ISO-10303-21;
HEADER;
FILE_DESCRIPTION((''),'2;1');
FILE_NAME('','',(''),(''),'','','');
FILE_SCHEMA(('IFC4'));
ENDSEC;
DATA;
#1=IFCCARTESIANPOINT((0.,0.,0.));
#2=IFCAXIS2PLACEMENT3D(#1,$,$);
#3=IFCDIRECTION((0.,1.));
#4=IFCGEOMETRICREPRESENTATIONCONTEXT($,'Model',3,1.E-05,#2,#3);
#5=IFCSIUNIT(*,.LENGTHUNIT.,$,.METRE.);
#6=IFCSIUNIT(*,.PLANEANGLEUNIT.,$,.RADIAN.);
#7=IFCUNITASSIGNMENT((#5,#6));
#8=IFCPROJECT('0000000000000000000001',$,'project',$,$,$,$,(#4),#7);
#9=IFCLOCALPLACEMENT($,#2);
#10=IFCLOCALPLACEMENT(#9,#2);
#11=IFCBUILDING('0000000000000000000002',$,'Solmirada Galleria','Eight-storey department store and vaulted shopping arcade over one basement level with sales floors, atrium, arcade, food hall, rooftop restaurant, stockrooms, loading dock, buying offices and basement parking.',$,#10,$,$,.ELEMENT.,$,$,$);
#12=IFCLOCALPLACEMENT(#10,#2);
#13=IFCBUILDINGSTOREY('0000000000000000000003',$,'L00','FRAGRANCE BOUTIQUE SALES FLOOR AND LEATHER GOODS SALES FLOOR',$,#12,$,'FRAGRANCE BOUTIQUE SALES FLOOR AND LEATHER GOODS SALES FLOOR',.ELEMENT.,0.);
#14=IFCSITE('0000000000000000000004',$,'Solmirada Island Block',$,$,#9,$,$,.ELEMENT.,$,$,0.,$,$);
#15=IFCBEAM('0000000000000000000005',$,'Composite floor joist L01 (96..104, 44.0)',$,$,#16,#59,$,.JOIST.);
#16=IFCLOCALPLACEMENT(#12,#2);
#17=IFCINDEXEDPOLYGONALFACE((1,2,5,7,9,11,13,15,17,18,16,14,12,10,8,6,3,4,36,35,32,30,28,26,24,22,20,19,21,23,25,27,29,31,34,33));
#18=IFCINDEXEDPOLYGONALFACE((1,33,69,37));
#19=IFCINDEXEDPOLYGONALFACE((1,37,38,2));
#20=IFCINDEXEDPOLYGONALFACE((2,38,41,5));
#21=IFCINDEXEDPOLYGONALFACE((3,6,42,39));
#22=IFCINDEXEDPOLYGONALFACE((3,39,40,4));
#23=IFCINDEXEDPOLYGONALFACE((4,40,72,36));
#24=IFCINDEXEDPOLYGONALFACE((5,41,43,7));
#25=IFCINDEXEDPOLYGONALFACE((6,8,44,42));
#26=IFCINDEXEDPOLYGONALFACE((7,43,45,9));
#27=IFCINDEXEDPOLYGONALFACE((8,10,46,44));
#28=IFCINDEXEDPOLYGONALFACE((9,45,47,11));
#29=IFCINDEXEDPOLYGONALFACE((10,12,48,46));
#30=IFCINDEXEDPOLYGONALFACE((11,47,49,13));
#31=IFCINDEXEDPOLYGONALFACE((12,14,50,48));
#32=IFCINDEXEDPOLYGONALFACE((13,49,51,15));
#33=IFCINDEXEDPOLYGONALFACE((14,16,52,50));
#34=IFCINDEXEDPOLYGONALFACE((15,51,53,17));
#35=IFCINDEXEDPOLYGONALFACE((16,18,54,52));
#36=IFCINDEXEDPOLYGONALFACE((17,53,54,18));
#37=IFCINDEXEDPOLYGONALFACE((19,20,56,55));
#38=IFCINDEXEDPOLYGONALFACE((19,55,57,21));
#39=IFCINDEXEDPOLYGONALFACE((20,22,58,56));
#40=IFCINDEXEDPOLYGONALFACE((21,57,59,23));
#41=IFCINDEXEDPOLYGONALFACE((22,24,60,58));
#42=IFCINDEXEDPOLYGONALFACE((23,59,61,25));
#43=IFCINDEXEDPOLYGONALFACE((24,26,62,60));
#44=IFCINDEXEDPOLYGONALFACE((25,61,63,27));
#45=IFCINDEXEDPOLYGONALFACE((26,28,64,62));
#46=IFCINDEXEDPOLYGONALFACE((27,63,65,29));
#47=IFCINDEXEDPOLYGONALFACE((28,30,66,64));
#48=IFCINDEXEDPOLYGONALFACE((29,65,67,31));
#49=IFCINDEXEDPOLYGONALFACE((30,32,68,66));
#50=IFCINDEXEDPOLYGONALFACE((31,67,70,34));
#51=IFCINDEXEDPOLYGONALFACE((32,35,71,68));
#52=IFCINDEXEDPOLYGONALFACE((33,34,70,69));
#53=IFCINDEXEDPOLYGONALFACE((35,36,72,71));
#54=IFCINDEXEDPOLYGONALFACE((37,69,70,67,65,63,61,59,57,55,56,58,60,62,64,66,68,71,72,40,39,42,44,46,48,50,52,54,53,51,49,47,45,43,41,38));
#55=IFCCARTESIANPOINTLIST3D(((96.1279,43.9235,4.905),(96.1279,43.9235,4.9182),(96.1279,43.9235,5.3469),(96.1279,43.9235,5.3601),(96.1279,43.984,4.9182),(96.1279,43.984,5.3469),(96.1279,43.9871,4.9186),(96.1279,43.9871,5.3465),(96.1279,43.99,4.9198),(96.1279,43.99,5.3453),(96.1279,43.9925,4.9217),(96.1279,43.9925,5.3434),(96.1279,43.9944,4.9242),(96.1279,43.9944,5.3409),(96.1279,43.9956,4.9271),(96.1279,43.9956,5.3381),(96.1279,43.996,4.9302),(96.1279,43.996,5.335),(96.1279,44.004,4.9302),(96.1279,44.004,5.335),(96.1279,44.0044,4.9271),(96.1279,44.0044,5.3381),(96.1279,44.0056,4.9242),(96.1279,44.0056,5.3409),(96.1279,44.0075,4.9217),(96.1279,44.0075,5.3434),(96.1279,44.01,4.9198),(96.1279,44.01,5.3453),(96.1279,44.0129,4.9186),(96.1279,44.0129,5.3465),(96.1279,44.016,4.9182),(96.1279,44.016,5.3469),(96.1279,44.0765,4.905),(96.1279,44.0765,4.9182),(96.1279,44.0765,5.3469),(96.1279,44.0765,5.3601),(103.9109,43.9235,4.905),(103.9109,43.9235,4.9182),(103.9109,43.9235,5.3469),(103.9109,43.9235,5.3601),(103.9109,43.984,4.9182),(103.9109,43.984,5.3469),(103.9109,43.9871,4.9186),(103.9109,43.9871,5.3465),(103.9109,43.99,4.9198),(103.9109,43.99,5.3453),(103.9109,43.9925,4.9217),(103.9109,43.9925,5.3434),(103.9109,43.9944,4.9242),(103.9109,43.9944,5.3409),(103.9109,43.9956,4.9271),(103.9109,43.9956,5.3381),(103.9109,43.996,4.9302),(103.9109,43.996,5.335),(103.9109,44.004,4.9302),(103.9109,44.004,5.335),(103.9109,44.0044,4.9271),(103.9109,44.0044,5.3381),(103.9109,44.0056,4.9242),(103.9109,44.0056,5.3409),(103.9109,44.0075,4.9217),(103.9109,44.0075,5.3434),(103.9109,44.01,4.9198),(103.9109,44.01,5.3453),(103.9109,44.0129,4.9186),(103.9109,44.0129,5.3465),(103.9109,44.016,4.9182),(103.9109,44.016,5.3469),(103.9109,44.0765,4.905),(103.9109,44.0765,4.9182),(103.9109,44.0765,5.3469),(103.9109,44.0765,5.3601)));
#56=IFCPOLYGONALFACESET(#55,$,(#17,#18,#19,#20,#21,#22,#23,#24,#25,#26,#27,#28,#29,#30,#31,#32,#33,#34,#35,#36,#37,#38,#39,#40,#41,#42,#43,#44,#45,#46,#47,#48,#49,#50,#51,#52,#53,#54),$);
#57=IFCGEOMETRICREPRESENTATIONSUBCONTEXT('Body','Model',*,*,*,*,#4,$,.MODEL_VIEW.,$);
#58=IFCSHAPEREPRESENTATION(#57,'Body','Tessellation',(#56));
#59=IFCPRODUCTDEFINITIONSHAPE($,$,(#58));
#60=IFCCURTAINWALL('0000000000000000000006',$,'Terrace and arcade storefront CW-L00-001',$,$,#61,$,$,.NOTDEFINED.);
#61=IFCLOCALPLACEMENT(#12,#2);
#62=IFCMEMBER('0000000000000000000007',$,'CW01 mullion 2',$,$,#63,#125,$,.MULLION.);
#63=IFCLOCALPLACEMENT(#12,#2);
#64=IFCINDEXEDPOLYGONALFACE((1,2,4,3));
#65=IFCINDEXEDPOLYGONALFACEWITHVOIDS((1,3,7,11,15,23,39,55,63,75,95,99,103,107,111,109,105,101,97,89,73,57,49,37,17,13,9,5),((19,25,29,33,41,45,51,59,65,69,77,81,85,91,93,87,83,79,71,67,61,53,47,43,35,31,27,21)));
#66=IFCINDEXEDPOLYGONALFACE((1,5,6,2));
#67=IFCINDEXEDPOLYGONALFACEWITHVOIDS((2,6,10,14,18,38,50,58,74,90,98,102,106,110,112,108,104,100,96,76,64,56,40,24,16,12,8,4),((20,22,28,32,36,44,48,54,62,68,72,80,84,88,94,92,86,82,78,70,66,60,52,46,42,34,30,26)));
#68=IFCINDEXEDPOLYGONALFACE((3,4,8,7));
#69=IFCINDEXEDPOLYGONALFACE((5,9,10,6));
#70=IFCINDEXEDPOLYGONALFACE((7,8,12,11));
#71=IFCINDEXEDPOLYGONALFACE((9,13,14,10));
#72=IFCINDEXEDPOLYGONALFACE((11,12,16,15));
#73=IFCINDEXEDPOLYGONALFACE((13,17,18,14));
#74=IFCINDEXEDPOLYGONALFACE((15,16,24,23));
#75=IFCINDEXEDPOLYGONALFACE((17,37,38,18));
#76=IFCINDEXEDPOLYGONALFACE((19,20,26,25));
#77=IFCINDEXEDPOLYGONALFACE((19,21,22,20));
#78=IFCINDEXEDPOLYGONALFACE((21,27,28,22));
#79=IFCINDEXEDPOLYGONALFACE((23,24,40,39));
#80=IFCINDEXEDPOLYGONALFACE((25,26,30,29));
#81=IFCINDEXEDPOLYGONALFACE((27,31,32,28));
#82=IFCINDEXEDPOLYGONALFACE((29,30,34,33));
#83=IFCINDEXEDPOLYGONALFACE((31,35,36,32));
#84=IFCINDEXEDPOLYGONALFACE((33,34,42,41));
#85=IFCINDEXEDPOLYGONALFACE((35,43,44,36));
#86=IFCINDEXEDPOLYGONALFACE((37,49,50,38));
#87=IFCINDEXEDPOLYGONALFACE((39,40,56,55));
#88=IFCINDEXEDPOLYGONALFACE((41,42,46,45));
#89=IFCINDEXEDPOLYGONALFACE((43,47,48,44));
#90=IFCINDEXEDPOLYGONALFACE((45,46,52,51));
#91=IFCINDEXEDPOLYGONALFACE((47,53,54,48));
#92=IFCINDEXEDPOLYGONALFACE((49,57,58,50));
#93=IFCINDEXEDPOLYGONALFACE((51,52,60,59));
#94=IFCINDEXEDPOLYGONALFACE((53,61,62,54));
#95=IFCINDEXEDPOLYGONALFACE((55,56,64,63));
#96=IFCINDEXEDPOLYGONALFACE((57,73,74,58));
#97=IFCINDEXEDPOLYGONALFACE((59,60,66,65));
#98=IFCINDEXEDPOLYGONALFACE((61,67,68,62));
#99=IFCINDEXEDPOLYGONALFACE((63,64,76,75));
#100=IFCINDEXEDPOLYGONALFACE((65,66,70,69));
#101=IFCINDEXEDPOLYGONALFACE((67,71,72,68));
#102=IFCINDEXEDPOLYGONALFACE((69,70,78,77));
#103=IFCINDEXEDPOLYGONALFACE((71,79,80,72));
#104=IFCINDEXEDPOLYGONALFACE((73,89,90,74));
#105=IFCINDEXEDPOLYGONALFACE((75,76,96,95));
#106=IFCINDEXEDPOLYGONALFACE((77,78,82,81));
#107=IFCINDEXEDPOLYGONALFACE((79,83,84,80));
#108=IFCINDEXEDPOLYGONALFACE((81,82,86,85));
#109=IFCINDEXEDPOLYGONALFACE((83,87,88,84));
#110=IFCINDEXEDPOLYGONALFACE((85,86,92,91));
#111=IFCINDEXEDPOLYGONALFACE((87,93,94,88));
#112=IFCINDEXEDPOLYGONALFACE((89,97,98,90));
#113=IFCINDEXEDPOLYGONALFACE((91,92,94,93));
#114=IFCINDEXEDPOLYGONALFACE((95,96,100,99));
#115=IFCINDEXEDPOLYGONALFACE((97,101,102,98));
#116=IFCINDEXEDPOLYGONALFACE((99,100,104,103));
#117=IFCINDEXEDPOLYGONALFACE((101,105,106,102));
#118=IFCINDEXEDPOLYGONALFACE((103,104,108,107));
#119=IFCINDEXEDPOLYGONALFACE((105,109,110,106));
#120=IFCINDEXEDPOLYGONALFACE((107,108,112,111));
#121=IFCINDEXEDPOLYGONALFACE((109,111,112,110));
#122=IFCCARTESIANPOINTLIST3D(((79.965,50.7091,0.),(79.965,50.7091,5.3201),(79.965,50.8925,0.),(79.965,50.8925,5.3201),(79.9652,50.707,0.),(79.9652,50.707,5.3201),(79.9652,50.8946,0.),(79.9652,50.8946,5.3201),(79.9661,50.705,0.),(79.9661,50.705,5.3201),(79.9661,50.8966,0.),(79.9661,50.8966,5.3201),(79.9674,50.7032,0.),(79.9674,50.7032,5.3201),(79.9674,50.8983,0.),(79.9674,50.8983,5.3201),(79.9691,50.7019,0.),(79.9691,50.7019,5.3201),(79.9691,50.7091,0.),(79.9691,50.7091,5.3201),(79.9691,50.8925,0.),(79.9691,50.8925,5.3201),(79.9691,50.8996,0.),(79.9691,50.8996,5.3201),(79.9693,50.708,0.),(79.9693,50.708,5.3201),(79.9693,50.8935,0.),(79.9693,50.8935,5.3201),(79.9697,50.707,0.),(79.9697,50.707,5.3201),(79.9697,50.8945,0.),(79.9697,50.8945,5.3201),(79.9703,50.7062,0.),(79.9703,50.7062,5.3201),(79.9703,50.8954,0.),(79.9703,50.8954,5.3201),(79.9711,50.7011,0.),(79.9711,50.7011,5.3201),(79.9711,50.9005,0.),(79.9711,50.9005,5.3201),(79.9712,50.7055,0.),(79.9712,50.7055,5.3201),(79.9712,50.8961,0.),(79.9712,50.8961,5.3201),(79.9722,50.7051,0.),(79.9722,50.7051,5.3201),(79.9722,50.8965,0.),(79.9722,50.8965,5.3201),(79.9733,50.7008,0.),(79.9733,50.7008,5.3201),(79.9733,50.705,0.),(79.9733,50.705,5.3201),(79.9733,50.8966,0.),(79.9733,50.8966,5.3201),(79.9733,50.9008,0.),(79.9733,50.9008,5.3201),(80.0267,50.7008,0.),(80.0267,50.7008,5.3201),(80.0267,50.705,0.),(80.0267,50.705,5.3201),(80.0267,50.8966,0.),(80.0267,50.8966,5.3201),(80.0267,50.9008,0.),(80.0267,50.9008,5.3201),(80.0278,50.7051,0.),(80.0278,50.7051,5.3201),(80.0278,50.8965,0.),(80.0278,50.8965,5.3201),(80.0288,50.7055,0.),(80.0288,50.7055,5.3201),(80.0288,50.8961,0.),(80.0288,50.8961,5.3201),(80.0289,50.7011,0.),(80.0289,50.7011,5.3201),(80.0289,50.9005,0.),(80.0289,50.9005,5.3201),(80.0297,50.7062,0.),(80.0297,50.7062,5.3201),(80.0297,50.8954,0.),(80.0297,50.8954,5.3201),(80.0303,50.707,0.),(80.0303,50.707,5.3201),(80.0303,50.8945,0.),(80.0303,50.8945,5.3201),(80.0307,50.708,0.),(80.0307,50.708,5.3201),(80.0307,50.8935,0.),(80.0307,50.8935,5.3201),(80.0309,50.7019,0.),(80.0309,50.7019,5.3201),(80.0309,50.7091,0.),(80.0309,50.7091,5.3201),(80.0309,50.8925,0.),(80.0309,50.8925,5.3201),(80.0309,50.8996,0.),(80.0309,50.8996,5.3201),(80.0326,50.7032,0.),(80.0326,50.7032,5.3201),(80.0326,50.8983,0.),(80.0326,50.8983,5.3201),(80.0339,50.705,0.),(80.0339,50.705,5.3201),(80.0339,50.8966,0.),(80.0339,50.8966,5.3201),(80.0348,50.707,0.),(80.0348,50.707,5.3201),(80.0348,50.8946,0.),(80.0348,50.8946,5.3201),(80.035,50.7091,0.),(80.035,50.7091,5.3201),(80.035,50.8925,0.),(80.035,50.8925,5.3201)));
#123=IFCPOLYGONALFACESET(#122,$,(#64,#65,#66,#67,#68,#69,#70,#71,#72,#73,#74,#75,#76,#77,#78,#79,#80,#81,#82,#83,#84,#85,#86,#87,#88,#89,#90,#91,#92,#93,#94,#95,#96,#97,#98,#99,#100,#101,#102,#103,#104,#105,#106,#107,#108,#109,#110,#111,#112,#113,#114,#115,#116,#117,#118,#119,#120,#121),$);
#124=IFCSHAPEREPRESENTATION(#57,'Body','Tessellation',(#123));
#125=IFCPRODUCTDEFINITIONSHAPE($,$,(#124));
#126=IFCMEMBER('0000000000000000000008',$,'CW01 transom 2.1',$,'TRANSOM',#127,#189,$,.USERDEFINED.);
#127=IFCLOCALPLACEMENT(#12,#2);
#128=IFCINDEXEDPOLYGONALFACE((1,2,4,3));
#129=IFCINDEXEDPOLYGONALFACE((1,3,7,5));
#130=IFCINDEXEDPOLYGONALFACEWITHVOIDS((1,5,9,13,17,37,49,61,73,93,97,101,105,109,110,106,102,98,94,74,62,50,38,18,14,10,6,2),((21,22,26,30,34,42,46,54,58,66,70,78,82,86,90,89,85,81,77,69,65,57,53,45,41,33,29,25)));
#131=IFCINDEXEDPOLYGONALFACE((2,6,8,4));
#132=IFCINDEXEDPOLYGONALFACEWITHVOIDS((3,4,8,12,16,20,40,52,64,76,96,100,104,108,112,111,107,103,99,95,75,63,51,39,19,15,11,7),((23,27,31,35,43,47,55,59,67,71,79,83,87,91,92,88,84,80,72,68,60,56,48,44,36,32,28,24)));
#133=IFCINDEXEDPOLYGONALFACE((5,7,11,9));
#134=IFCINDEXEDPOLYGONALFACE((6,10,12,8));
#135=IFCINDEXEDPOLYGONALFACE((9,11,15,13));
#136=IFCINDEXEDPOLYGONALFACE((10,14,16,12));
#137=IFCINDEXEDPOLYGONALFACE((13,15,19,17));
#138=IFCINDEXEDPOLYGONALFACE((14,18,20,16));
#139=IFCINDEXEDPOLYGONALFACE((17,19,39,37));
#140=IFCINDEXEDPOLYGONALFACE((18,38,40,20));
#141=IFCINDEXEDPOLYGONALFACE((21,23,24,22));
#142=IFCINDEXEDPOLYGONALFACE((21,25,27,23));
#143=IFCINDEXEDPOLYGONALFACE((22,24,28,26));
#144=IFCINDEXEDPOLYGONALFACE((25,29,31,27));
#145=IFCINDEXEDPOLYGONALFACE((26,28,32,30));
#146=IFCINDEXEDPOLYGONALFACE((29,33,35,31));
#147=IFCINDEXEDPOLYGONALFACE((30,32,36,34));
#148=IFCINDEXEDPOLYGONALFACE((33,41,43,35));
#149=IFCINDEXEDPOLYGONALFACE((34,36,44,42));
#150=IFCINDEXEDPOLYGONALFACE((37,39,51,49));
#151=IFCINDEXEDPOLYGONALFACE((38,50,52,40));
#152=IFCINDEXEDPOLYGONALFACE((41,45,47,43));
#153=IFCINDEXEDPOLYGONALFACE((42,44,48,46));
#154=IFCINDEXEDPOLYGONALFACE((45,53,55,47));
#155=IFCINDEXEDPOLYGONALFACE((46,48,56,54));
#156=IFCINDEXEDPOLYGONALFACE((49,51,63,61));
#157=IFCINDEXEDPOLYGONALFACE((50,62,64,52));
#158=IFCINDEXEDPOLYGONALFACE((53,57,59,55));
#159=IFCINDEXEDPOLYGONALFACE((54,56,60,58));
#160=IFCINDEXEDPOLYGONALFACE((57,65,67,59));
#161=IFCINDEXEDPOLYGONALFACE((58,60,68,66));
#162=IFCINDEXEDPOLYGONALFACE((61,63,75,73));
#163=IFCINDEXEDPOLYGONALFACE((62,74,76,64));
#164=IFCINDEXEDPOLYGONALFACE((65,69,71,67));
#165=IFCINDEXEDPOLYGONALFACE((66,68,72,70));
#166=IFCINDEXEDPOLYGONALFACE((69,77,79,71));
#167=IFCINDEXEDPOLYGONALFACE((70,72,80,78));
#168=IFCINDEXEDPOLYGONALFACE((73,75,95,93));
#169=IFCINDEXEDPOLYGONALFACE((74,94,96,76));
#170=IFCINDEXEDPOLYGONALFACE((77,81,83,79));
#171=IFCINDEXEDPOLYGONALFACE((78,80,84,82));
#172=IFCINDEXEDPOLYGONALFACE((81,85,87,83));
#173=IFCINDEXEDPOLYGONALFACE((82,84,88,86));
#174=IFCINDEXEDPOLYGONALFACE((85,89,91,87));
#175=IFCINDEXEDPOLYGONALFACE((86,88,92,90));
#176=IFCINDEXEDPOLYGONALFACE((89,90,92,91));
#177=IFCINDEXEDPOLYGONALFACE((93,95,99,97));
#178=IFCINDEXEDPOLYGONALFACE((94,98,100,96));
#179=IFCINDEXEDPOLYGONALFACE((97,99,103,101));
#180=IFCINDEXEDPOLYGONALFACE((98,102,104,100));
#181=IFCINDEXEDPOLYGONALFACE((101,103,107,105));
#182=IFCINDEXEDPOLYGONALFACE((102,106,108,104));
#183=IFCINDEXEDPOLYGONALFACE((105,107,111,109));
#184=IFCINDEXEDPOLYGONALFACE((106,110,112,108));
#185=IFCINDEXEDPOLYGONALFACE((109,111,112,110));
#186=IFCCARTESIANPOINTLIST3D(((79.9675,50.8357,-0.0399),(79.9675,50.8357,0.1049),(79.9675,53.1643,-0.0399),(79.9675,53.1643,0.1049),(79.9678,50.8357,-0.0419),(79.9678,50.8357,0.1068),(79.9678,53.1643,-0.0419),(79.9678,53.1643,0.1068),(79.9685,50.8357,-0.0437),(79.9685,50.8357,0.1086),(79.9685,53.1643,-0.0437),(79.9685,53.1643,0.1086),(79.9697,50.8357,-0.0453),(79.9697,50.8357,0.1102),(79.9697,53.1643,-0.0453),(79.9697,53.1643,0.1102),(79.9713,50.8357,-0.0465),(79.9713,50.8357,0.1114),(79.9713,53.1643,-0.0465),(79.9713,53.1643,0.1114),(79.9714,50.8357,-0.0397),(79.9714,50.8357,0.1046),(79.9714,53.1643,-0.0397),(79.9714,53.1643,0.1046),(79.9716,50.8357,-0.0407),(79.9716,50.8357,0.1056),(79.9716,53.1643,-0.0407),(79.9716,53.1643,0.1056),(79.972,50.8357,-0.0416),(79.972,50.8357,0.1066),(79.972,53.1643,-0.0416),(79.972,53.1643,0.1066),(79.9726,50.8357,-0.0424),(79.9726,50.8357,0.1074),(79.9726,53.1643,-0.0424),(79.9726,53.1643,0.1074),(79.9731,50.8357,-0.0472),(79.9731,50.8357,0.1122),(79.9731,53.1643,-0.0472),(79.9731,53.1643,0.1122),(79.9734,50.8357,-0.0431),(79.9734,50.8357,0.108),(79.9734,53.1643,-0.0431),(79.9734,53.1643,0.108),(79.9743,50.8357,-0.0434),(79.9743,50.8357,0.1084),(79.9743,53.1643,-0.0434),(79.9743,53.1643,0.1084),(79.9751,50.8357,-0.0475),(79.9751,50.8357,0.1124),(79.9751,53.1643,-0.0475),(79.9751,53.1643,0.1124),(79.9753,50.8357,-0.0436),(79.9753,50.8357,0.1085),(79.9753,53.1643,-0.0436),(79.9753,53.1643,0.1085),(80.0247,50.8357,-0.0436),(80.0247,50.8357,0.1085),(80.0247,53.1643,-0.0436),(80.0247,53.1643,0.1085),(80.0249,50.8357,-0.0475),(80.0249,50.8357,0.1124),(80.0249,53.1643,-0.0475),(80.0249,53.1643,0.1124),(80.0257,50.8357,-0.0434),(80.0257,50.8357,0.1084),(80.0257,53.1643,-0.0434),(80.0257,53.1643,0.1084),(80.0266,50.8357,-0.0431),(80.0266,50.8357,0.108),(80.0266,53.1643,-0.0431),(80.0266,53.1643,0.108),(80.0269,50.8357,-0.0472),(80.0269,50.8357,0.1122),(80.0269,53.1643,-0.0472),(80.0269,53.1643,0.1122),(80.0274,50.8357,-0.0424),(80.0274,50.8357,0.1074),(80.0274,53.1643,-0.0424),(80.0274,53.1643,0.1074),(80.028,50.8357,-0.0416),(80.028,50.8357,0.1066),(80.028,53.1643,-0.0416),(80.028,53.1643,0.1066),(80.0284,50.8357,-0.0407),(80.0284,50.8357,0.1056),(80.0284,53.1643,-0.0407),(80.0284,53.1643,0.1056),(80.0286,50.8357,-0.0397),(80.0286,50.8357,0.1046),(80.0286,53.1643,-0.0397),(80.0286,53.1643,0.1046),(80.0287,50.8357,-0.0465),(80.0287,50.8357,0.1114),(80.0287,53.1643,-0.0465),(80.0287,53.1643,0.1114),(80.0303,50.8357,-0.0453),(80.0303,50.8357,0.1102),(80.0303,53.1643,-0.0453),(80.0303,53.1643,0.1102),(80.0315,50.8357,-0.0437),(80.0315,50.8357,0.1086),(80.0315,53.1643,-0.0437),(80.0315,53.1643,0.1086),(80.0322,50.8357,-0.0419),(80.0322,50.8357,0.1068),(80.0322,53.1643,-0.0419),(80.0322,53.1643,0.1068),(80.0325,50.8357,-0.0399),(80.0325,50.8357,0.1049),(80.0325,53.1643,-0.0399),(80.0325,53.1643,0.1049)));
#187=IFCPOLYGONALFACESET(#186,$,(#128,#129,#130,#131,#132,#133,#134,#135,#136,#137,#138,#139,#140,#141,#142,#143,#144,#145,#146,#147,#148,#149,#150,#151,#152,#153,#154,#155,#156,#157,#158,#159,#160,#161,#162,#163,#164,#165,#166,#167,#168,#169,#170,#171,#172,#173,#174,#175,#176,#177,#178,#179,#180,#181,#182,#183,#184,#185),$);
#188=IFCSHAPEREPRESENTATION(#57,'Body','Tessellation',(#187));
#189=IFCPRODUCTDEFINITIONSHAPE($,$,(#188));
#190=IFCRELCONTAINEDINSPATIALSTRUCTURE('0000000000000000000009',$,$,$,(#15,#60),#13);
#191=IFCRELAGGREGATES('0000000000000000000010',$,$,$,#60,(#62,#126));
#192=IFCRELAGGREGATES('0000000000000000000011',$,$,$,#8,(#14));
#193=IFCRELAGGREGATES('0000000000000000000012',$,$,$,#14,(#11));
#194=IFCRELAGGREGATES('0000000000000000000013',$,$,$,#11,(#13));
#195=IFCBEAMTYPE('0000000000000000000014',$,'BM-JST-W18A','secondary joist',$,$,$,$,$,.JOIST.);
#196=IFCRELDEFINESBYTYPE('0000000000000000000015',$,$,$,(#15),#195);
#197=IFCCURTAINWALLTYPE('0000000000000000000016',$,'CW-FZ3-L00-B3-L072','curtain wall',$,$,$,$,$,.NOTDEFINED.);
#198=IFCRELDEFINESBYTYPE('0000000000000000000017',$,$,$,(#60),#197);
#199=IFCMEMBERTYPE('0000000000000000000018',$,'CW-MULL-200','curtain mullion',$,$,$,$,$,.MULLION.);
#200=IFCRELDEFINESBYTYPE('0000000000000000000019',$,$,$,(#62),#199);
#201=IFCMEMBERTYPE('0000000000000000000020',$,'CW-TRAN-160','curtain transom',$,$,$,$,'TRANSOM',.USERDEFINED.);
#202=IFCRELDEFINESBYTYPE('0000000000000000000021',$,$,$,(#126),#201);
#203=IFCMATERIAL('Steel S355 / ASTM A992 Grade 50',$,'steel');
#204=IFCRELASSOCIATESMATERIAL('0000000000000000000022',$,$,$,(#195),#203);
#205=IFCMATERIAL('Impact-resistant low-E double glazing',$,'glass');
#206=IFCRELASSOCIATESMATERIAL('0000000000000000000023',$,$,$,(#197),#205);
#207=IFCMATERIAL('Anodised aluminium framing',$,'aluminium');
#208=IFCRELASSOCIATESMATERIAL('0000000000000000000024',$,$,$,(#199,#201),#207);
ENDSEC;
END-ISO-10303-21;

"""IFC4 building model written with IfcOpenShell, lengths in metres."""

from ifc_helpers import new_model, si_unit, direction, frame, origin, origin_2d, place, context, subcontext, project, spatial, hollow_rectangle, i_section, extrude, material, material_profile, profile_set, type_object, element, aggregate, save


model = new_model("IFC4")

# Units and contexts
model_context = context("Model", 3, precision=1e-05, world=origin(), true_north=direction((0.0, 1.0)))
body_context = subcontext(model_context, "Body", "Model", "MODEL_VIEW")
ifc_project = project(units=[si_unit("LENGTHUNIT", "METRE"), si_unit("PLANEANGLEUNIT", "RADIAN")], contexts=[model_context])

# Site, building, storey
site_placement = place(None, origin())
site = spatial("IfcSite", under=ifc_project, at=site_placement, Name="Solmirada Island Block", CompositionType="ELEMENT", RefElevation=0.0)
building_placement = place(site_placement, origin())
building = spatial("IfcBuilding", under=site, at=building_placement, Name="Solmirada Galleria", Description="Eight-storey department store and vaulted shopping arcade over one basement level with sales floors, atrium, arcade, food hall, rooftop restaurant, stockrooms, loading dock, buying offices and basement parking.", CompositionType="ELEMENT")
storey_placement = place(building_placement, origin())
storey = spatial("IfcBuildingStorey", under=building, at=storey_placement, Name="L00", Description="FRAGRANCE BOUTIQUE SALES FLOOR AND LEATHER GOODS SALES FLOOR", LongName="FRAGRANCE BOUTIQUE SALES FLOOR AND LEATHER GOODS SALES FLOOR", CompositionType="ELEMENT", Elevation=0.0)

# Beam
ifc_material_1 = material(Name="Steel S355 / ASTM A992 Grade 50", Category="steel")
ifc_material_profile_1 = material_profile(ifc_material_1, i_section(OverallWidth=0.1531, OverallDepth=0.4551, WebThickness=0.0081, FlangeThickness=0.0132, FilletRadius=0.012, at=origin_2d()), Name="W18X40")
ifc_profile_set_1 = profile_set([ifc_material_profile_1], Name="Steel S355 / ASTM A992 Grade 50")
beam_type_1 = type_object("IfcBeamType", Name="BM-JST-W18A", Description="secondary joist", PredefinedType="JOIST", material=ifc_profile_set_1)
beam_1_placement = place(storey_placement, frame((96.1279, 44.0, 5.1326), z_axis=(1.0, 0.0, 0.0), x_axis=(0.0, 1.0, 0.0)))
element("IfcBeam", 1, at=beam_1_placement, inside=storey, type_object=beam_type_1, Name="Composite floor joist L01 (96..104, 44.0)", PredefinedType="JOIST", context=body_context, shape_type="SweptSolid", body=[
    extrude(i_section(OverallWidth=0.1531, OverallDepth=0.4551, WebThickness=0.0081, FlangeThickness=0.0132, FilletRadius=0.012, at=origin_2d()), origin(), (0.0, 0.0, 1.0), 7.783),
])

# Curtain wall, members
ifc_material_2 = material(Name="Impact-resistant low-E double glazing", Category="glass")
curtain_wall_type = type_object("IfcCurtainWallType", Name="CW-FZ3-L00-B3-L072", Description="curtain wall", PredefinedType="NOTDEFINED", material=ifc_material_2)
curtain_wall_placement = place(storey_placement, origin())
curtain_wall = element("IfcCurtainWall", 2, at=curtain_wall_placement, inside=storey, type_object=curtain_wall_type, Name="Terrace and arcade storefront CW-L00-001", PredefinedType="NOTDEFINED")
ifc_material_3 = material(Name="Anodised aluminium framing", Category="aluminium")
ifc_material_profile_2 = material_profile(ifc_material_3, hollow_rectangle(XDim=0.0701, YDim=0.2, WallThickness=0.0042, InnerFilletRadius=0.0042, OuterFilletRadius=0.0083, at=origin_2d()), Name="ALU-MULL-200X70")
ifc_profile_set_2 = profile_set([ifc_material_profile_2], Name="Anodised aluminium framing")
member_type_1 = type_object("IfcMemberType", Name="CW-MULL-200", Description="curtain mullion", PredefinedType="MULLION", material=ifc_profile_set_2)
member_1_placement = place(storey_placement, frame((80.0, 50.8008, 0.0), z_axis=(0.0, 0.0, 1.0), x_axis=(-1.0, 0.0, 0.0)))
member_1 = element("IfcMember", 3, at=member_1_placement, type_object=member_type_1, Name="CW01 mullion 2", PredefinedType="MULLION", context=body_context, shape_type="SweptSolid", body=[
    extrude(hollow_rectangle(XDim=0.0701, YDim=0.2, WallThickness=0.0042, InnerFilletRadius=0.0042, OuterFilletRadius=0.0083, at=origin_2d()), origin(), (0.0, 0.0, 1.0), 5.3201),
])
ifc_material_profile_3 = material_profile(ifc_material_3, hollow_rectangle(XDim=0.0649, YDim=0.1599, WallThickness=0.0039, InnerFilletRadius=0.0039, OuterFilletRadius=0.0076, at=origin_2d()), Name="ALU-TRAN-160X65")
ifc_profile_set_3 = profile_set([ifc_material_profile_3], Name="Anodised aluminium framing")
member_type_2 = type_object("IfcMemberType", Name="CW-TRAN-160", Description="curtain transom", ElementType="TRANSOM", PredefinedType="USERDEFINED", material=ifc_profile_set_3)
member_2_placement = place(storey_placement, frame((80.0, 50.8357, 0.0325), z_axis=(0.0, 1.0, 0.0), x_axis=(-1.0, 0.0, 0.0)))
member_2 = element("IfcMember", 4, at=member_2_placement, type_object=member_type_2, Name="CW01 transom 2.1", ObjectType="TRANSOM", PredefinedType="USERDEFINED", context=body_context, shape_type="SweptSolid", body=[
    extrude(hollow_rectangle(XDim=0.0649, YDim=0.1599, WallThickness=0.0039, InnerFilletRadius=0.0039, OuterFilletRadius=0.0076, at=origin_2d()), origin(), (0.0, 0.0, 1.0), 2.3286),
])
aggregate(curtain_wall, [member_1, member_2])

save(model, "model.ifc")
